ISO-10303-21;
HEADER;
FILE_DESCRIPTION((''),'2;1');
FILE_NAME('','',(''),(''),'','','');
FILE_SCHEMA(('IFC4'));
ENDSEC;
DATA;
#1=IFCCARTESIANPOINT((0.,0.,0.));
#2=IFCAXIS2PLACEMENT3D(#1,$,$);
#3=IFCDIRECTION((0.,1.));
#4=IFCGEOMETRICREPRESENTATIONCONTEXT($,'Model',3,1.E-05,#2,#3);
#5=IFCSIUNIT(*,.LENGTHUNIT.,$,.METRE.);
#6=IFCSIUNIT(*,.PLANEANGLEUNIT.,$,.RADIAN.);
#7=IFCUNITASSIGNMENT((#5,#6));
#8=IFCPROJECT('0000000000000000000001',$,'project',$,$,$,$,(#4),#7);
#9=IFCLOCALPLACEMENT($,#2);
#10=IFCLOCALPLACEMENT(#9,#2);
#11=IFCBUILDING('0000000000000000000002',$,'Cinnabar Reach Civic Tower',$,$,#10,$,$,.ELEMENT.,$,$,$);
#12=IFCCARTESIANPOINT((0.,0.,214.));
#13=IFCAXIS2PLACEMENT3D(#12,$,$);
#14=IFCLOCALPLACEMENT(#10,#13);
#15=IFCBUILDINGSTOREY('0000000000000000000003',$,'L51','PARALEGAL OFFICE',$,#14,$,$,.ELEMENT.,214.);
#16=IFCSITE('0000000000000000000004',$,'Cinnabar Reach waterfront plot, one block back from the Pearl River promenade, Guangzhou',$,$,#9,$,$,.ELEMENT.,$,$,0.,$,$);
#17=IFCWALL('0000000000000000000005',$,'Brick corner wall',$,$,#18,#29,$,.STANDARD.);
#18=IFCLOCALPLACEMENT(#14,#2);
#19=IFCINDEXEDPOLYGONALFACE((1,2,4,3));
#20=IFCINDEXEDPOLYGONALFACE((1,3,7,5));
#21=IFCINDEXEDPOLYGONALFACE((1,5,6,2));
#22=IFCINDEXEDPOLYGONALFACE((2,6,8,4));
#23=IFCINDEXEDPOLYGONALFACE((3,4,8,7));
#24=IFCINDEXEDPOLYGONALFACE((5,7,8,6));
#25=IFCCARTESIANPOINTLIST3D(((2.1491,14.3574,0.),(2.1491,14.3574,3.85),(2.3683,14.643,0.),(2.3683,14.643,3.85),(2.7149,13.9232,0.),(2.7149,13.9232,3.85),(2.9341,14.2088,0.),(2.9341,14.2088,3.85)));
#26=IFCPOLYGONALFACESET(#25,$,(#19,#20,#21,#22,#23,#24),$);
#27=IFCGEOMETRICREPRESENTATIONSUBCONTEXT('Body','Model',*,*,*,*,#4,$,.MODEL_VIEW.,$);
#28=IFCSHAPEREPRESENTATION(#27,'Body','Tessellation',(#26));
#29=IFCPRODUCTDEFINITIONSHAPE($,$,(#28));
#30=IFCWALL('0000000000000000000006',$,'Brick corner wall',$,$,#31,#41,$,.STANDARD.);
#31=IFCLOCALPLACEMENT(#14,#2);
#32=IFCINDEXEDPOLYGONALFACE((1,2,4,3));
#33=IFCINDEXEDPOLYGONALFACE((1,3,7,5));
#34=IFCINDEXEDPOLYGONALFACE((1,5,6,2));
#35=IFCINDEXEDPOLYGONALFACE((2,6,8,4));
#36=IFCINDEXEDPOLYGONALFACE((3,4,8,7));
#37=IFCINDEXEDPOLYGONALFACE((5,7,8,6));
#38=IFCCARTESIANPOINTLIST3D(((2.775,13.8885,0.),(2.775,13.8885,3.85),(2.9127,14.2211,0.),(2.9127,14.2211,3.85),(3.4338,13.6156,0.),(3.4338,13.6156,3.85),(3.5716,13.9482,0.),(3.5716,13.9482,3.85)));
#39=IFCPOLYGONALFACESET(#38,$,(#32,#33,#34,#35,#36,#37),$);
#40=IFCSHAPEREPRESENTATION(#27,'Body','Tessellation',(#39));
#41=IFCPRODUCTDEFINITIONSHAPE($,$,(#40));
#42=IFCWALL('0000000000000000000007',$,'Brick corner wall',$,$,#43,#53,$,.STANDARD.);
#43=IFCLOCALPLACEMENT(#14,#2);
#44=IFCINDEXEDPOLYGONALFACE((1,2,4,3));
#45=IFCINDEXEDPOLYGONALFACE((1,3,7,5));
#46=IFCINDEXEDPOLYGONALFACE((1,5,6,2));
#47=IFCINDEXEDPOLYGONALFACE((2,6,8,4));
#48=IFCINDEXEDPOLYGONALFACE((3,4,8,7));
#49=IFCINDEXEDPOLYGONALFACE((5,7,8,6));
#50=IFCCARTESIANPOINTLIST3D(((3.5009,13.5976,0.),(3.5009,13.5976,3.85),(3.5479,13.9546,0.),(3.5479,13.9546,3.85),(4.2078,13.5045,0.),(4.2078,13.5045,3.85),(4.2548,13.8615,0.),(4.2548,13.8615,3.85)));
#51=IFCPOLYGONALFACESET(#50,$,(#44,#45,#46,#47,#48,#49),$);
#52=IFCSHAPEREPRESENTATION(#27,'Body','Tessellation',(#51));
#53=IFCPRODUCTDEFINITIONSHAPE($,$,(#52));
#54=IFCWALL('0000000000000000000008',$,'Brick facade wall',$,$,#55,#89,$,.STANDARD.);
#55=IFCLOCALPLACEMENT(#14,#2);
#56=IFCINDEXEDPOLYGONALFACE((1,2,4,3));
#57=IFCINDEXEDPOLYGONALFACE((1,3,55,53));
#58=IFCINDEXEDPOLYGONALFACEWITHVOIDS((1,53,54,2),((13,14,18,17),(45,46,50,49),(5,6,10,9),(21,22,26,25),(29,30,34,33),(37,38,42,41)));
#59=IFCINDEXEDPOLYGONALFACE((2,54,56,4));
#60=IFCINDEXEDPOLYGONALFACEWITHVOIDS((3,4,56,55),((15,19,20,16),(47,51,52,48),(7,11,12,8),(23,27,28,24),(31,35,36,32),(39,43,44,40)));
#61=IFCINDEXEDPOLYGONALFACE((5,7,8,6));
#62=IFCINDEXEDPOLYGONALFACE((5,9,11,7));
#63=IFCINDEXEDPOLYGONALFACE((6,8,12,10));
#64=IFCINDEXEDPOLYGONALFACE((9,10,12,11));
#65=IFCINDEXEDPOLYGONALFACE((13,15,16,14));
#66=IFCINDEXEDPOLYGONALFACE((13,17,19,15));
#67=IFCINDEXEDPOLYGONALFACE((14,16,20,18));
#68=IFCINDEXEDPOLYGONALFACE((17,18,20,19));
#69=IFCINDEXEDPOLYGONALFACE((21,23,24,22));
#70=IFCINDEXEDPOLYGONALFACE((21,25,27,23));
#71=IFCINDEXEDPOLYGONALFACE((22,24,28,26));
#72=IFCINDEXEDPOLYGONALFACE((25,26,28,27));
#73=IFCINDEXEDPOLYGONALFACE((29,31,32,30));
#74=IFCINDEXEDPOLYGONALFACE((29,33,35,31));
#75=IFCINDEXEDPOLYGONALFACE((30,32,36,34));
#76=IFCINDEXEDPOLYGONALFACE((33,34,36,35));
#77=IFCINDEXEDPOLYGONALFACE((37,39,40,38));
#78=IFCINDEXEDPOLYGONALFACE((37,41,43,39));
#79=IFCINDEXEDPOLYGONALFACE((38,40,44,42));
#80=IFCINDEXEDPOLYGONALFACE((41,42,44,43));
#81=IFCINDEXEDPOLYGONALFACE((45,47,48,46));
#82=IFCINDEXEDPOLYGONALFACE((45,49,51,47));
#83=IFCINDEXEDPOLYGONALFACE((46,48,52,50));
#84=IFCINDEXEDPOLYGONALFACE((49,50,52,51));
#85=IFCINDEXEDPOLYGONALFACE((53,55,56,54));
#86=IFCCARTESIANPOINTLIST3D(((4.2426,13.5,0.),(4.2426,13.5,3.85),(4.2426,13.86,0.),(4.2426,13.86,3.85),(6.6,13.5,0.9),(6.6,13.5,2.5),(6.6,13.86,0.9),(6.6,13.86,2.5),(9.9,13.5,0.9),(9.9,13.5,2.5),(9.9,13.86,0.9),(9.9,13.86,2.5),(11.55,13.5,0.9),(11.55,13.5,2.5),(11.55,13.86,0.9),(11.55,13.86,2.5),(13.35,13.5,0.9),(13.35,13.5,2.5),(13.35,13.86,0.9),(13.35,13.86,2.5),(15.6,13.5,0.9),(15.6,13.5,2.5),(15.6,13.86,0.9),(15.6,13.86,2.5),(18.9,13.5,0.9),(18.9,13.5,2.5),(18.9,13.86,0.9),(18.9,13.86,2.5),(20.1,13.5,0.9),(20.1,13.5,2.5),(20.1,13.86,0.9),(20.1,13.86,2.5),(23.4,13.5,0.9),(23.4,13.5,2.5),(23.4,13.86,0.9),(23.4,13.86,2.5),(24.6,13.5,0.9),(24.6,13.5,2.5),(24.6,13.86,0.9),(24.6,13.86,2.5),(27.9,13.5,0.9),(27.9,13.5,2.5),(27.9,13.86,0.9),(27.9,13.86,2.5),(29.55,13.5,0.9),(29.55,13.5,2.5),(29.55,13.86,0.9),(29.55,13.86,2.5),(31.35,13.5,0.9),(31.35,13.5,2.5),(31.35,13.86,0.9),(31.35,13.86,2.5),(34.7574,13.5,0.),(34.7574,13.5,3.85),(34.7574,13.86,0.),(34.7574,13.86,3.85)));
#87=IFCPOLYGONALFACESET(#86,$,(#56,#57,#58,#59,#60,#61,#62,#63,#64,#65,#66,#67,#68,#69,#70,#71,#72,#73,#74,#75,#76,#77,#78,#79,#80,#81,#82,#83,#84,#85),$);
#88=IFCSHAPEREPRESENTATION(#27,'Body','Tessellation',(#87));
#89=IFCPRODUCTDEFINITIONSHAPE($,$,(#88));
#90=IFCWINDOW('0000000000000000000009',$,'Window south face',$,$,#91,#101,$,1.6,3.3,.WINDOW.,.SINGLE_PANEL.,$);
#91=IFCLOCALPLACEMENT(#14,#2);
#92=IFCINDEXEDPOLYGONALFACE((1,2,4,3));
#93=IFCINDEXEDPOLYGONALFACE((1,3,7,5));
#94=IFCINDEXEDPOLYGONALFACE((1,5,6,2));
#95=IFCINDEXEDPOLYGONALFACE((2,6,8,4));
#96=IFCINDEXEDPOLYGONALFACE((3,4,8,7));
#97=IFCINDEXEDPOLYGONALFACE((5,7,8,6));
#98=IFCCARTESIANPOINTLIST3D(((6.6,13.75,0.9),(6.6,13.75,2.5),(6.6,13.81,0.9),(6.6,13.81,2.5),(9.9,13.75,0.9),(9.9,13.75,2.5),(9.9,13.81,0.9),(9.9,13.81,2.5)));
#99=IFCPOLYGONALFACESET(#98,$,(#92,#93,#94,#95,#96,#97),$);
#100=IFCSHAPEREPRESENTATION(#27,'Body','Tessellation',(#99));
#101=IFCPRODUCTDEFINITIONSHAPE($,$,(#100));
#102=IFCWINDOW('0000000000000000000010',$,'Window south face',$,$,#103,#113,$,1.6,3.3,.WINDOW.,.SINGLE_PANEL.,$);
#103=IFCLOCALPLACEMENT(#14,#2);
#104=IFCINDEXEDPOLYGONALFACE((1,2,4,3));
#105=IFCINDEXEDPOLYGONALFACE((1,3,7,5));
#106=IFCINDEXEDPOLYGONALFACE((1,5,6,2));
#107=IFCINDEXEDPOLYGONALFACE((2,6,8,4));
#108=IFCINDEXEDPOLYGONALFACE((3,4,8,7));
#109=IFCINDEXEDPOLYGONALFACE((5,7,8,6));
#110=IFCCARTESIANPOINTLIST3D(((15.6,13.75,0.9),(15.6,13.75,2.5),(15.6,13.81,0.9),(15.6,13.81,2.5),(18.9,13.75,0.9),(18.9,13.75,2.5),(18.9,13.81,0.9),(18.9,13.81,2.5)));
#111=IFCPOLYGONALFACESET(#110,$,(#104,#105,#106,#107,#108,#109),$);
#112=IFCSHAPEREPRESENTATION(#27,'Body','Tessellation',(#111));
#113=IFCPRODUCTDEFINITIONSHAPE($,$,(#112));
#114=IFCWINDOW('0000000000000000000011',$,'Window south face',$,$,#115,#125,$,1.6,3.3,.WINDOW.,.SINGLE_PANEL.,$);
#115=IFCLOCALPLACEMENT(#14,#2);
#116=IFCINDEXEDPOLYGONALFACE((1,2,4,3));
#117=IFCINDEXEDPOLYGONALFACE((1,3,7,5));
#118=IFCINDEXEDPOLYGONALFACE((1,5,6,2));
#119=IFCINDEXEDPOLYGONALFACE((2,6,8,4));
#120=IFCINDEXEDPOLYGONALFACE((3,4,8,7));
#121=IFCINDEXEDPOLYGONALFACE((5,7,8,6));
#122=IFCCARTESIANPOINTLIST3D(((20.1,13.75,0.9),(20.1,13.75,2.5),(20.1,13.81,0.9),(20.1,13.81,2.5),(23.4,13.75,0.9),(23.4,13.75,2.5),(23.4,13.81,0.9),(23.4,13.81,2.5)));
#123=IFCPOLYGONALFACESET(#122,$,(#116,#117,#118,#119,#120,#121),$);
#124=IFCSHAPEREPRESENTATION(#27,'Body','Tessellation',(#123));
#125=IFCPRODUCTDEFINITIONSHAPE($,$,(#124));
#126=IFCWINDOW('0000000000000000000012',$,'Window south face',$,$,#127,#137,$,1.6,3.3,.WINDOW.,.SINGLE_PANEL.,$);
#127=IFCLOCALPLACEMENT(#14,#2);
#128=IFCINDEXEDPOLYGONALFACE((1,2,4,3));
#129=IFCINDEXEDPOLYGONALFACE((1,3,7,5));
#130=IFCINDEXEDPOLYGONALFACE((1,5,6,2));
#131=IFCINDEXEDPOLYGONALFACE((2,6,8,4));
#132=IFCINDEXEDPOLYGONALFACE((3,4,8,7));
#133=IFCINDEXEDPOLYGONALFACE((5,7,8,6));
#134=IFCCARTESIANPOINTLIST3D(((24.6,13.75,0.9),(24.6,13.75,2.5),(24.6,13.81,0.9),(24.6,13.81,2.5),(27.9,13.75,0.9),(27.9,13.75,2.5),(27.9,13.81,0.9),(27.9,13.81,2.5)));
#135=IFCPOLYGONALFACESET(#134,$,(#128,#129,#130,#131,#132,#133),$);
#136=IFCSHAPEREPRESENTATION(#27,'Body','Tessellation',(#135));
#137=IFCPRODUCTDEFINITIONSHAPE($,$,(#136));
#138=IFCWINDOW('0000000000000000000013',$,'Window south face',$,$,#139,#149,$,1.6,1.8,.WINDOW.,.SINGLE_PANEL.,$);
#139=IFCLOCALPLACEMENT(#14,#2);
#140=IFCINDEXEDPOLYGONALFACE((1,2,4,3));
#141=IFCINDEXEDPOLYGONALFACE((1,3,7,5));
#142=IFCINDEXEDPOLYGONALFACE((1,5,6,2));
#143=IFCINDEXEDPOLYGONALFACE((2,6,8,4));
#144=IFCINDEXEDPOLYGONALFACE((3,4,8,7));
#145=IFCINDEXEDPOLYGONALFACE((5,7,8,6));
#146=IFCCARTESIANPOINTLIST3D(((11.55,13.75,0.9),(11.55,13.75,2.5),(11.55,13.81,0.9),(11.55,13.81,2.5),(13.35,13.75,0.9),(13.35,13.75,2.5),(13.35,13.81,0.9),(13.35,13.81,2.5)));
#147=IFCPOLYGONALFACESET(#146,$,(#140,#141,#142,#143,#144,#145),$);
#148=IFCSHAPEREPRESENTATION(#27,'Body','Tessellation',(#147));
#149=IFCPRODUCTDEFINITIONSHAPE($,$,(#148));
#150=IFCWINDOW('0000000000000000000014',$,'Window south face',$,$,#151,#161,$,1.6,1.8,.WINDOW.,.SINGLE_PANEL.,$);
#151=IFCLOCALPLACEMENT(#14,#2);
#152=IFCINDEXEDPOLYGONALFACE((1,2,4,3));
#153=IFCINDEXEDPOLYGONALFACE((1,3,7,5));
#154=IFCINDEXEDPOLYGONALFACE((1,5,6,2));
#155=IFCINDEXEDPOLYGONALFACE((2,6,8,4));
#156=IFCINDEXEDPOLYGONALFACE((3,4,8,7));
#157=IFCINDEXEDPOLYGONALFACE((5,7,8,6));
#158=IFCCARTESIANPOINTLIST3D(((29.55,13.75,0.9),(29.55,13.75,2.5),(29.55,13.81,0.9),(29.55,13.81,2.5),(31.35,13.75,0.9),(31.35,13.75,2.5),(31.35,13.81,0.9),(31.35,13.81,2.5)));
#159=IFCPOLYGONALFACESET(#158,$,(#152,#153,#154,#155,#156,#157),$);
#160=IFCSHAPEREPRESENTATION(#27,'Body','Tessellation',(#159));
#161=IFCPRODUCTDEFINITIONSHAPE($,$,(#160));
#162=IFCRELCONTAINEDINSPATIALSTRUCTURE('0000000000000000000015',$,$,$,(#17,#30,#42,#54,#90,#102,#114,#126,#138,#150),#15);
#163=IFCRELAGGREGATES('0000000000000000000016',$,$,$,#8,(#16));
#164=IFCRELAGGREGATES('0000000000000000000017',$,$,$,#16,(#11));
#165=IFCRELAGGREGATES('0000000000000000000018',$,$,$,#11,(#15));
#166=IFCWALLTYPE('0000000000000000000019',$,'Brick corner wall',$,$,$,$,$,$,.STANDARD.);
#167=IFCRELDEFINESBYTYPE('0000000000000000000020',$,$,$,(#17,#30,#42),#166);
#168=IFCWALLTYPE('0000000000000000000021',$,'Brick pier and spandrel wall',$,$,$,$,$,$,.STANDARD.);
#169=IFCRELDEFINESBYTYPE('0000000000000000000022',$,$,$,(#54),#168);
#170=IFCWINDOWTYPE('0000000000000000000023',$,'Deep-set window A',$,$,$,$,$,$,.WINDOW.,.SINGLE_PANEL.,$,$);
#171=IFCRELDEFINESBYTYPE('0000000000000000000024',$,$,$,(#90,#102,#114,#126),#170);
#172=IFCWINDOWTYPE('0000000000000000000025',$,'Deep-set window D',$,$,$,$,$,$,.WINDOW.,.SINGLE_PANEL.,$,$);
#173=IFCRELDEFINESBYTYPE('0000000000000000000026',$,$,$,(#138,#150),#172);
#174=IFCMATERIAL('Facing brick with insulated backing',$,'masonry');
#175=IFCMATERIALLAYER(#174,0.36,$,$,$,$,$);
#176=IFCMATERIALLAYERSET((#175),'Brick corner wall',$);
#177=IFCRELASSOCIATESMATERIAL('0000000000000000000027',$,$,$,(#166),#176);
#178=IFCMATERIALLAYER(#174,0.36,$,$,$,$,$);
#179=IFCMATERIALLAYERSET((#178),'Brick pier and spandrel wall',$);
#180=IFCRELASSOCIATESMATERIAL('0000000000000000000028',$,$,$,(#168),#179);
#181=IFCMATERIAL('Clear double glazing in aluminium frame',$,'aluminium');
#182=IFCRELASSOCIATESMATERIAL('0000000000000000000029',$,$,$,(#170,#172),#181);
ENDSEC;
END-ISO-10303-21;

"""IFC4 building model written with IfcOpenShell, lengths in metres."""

from ifc_helpers import new_model, si_unit, direction, frame, frame_2d, origin, place, context, subcontext, project, spatial, rectangle, extrude, material, layer, layer_set, type_object, element, fill, save


model = new_model("IFC4")

# Units and contexts
model_context = context("Model", 3, precision=1e-05, world=origin(), true_north=direction((0.0, 1.0)))
body_context = subcontext(model_context, "Body", "Model", "MODEL_VIEW")
ifc_project = project(units=[si_unit("LENGTHUNIT", "METRE"), si_unit("PLANEANGLEUNIT", "RADIAN")], contexts=[model_context])

# Site, building, storey
site_placement = place(None, origin())
site = spatial("IfcSite", under=ifc_project, at=site_placement, Name="Cinnabar Reach waterfront plot, one block back from the Pearl River promenade, Guangzhou", CompositionType="ELEMENT", RefElevation=0.0)
building_placement = place(site_placement, origin())
building = spatial("IfcBuilding", under=site, at=building_placement, Name="Cinnabar Reach Civic Tower", CompositionType="ELEMENT")
storey_placement = place(building_placement, frame((0.0, 0.0, 214.0)))
storey = spatial("IfcBuildingStorey", under=building, at=storey_placement, Name="L51", Description="PARALEGAL OFFICE", CompositionType="ELEMENT", Elevation=214.0)

# Walls
ifc_material_1 = material(Name="Facing brick with insulated backing", Category="masonry")
ifc_layer_1 = layer(ifc_material_1, 0.36)
ifc_layer_set_1 = layer_set([ifc_layer_1], Name="Brick corner wall")
wall_type_1 = type_object("IfcWallType", Name="Brick corner wall", PredefinedType="STANDARD", material=ifc_layer_set_1)
wall_1_placement = place(storey_placement, frame((2.2587, 14.5002, 0.0), z_axis=(0.0, 0.0, 1.0), x_axis=(0.793322, -0.608802, 0.0)))
element("IfcWall", 1, at=wall_1_placement, inside=storey, type_object=wall_type_1, Name="Brick corner wall", PredefinedType="STANDARD", context=body_context, shape_type="SweptSolid", body=[
    extrude(rectangle(XDim=0.7132, YDim=0.36, at=frame_2d((0.3566, 0.0))), origin(), (0.0, 0.0, 1.0), 3.85),
])
for number, where, z_axis, x_axis, name in (
    (2, (2.8439, 14.0548, 0.0), (0.0, 0.0, 1.0), (0.923872, -0.382703, 0.0), "Brick corner wall"),
    (3, (3.5244, 13.7761, 0.0), (0.0, 0.0, 1.0), (0.991441, -0.130556, 0.0), "Brick corner wall"),
):
    element("IfcWall", number, at=place(storey_placement, frame(where, z_axis=z_axis, x_axis=x_axis)), inside=storey, type_object=wall_type_1, Name=name, PredefinedType="STANDARD", context=body_context, shape_type="SweptSolid", body=[
        extrude(rectangle(XDim=0.7131, YDim=0.36, at=frame_2d((0.3565, 0.0))), origin(), (0.0, 0.0, 1.0), 3.85),
    ])

# Wall, openings, windows
ifc_layer_2 = layer(ifc_material_1, 0.36)
ifc_layer_set_2 = layer_set([ifc_layer_2], Name="Brick pier and spandrel wall")
wall_type_2 = type_object("IfcWallType", Name="Brick pier and spandrel wall", PredefinedType="STANDARD", material=ifc_layer_set_2)
wall_2_placement = place(storey_placement, frame((4.2426, 13.68, 0.0), z_axis=(0.0, 0.0, 1.0), x_axis=(1.0, 0.0, 0.0)))
wall_2 = element("IfcWall", 4, at=wall_2_placement, inside=storey, type_object=wall_type_2, Name="Brick facade wall", PredefinedType="STANDARD", context=body_context, shape_type="SweptSolid", body=[
    extrude(rectangle(XDim=30.5148, YDim=0.36, at=frame_2d((15.2574, 0.0))), origin(), (0.0, 0.0, 1.0), 3.85),
])
opening_1_placement = place(wall_2_placement, frame((2.3574, 0.0, 0.9)))
opening_1 = element("IfcOpeningElement", 5, at=opening_1_placement, cuts=wall_2, PredefinedType="OPENING", context=body_context, shape_type="SweptSolid", body=[
    extrude(rectangle(XDim=3.3, YDim=1.6, at=frame_2d((1.65, 0.8))), frame((0.0, 0.19, 0.0), z_axis=(0.0, -1.0, 0.0), x_axis=(1.0, 0.0, 0.0)), (0.0, 0.0, 1.0), 0.38),
])
opening_2_placement = place(wall_2_placement, frame((7.3074, 0.0, 0.9)))
opening_2 = element("IfcOpeningElement", 6, at=opening_2_placement, cuts=wall_2, PredefinedType="OPENING", context=body_context, shape_type="SweptSolid", body=[
    extrude(rectangle(XDim=1.8, YDim=1.6, at=frame_2d((0.9, 0.8))), frame((0.0, 0.19, 0.0), z_axis=(0.0, -1.0, 0.0), x_axis=(1.0, 0.0, 0.0)), (0.0, 0.0, 1.0), 0.38),
])
opening_3_placement = place(wall_2_placement, frame((11.3574, 0.0, 0.9)))
opening_3 = element("IfcOpeningElement", 7, at=opening_3_placement, cuts=wall_2, PredefinedType="OPENING", context=body_context, shape_type="SweptSolid", body=[
    extrude(rectangle(XDim=3.3, YDim=1.6, at=frame_2d((1.65, 0.8))), frame((0.0, 0.19, 0.0), z_axis=(0.0, -1.0, 0.0), x_axis=(1.0, 0.0, 0.0)), (0.0, 0.0, 1.0), 0.38),
])
opening_4_placement = place(wall_2_placement, frame((15.8574, 0.0, 0.9)))
opening_4 = element("IfcOpeningElement", 8, at=opening_4_placement, cuts=wall_2, PredefinedType="OPENING", context=body_context, shape_type="SweptSolid", body=[
    extrude(rectangle(XDim=3.3, YDim=1.6, at=frame_2d((1.65, 0.8))), frame((0.0, 0.19, 0.0), z_axis=(0.0, -1.0, 0.0), x_axis=(1.0, 0.0, 0.0)), (0.0, 0.0, 1.0), 0.38),
])
opening_5_placement = place(wall_2_placement, frame((20.3574, 0.0, 0.9)))
opening_5 = element("IfcOpeningElement", 9, at=opening_5_placement, cuts=wall_2, PredefinedType="OPENING", context=body_context, shape_type="SweptSolid", body=[
    extrude(rectangle(XDim=3.3, YDim=1.6, at=frame_2d((1.65, 0.8))), frame((0.0, 0.19, 0.0), z_axis=(0.0, -1.0, 0.0), x_axis=(1.0, 0.0, 0.0)), (0.0, 0.0, 1.0), 0.38),
])
opening_6_placement = place(wall_2_placement, frame((25.3074, 0.0, 0.9)))
opening_6 = element("IfcOpeningElement", 10, at=opening_6_placement, cuts=wall_2, PredefinedType="OPENING", context=body_context, shape_type="SweptSolid", body=[
    extrude(rectangle(XDim=1.8, YDim=1.6, at=frame_2d((0.9, 0.8))), frame((0.0, 0.19, 0.0), z_axis=(0.0, -1.0, 0.0), x_axis=(1.0, 0.0, 0.0)), (0.0, 0.0, 1.0), 0.38),
])
ifc_material_2 = material(Name="Clear double glazing in aluminium frame", Category="aluminium")
window_type_1 = type_object("IfcWindowType", Name="Deep-set window A", PartitioningType="SINGLE_PANEL", PredefinedType="WINDOW", material=ifc_material_2)
window_1_placement = place(opening_1_placement, origin())
window_1 = element("IfcWindow", 11, at=window_1_placement, inside=storey, type_object=window_type_1, Name="Window south face", OverallHeight=1.6, OverallWidth=3.3, PartitioningType="SINGLE_PANEL", PredefinedType="WINDOW", context=body_context, shape_type="SweptSolid", body=[
    extrude(rectangle(XDim=3.3, YDim=1.6, at=frame_2d((1.65, 0.8))), frame((0.0, 0.13, 0.0), z_axis=(0.0, -1.0, 0.0), x_axis=(1.0, 0.0, 0.0)), (0.0, 0.0, 1.0), 0.06),
])
fill(opening_1, window_1)
window_2_placement = place(opening_3_placement, origin())
window_2 = element("IfcWindow", 12, at=window_2_placement, inside=storey, type_object=window_type_1, Name="Window south face", OverallHeight=1.6, OverallWidth=3.3, PartitioningType="SINGLE_PANEL", PredefinedType="WINDOW", context=body_context, shape_type="SweptSolid", body=[
    extrude(rectangle(XDim=3.3, YDim=1.6, at=frame_2d((1.65, 0.8))), frame((0.0, 0.13, 0.0), z_axis=(0.0, -1.0, 0.0), x_axis=(1.0, 0.0, 0.0)), (0.0, 0.0, 1.0), 0.06),
])
fill(opening_3, window_2)
window_3_placement = place(opening_4_placement, origin())
window_3 = element("IfcWindow", 13, at=window_3_placement, inside=storey, type_object=window_type_1, Name="Window south face", OverallHeight=1.6, OverallWidth=3.3, PartitioningType="SINGLE_PANEL", PredefinedType="WINDOW", context=body_context, shape_type="SweptSolid", body=[
    extrude(rectangle(XDim=3.3, YDim=1.6, at=frame_2d((1.65, 0.8))), frame((0.0, 0.13, 0.0), z_axis=(0.0, -1.0, 0.0), x_axis=(1.0, 0.0, 0.0)), (0.0, 0.0, 1.0), 0.06),
])
fill(opening_4, window_3)
window_4_placement = place(opening_5_placement, origin())
window_4 = element("IfcWindow", 14, at=window_4_placement, inside=storey, type_object=window_type_1, Name="Window south face", OverallHeight=1.6, OverallWidth=3.3, PartitioningType="SINGLE_PANEL", PredefinedType="WINDOW", context=body_context, shape_type="SweptSolid", body=[
    extrude(rectangle(XDim=3.3, YDim=1.6, at=frame_2d((1.65, 0.8))), frame((0.0, 0.13, 0.0), z_axis=(0.0, -1.0, 0.0), x_axis=(1.0, 0.0, 0.0)), (0.0, 0.0, 1.0), 0.06),
])
fill(opening_5, window_4)
window_type_2 = type_object("IfcWindowType", Name="Deep-set window D", PartitioningType="SINGLE_PANEL", PredefinedType="WINDOW", material=ifc_material_2)
window_5_placement = place(opening_2_placement, origin())
window_5 = element("IfcWindow", 15, at=window_5_placement, inside=storey, type_object=window_type_2, Name="Window south face", OverallHeight=1.6, OverallWidth=1.8, PartitioningType="SINGLE_PANEL", PredefinedType="WINDOW", context=body_context, shape_type="SweptSolid", body=[
    extrude(rectangle(XDim=1.8, YDim=1.6, at=frame_2d((0.9, 0.8))), frame((0.0, 0.13, 0.0), z_axis=(0.0, -1.0, 0.0), x_axis=(1.0, 0.0, 0.0)), (0.0, 0.0, 1.0), 0.06),
])
fill(opening_2, window_5)
window_6_placement = place(opening_6_placement, origin())
window_6 = element("IfcWindow", 16, at=window_6_placement, inside=storey, type_object=window_type_2, Name="Window south face", OverallHeight=1.6, OverallWidth=1.8, PartitioningType="SINGLE_PANEL", PredefinedType="WINDOW", context=body_context, shape_type="SweptSolid", body=[
    extrude(rectangle(XDim=1.8, YDim=1.6, at=frame_2d((0.9, 0.8))), frame((0.0, 0.13, 0.0), z_axis=(0.0, -1.0, 0.0), x_axis=(1.0, 0.0, 0.0)), (0.0, 0.0, 1.0), 0.06),
])
fill(opening_6, window_6)

save(model, "model.ifc")
